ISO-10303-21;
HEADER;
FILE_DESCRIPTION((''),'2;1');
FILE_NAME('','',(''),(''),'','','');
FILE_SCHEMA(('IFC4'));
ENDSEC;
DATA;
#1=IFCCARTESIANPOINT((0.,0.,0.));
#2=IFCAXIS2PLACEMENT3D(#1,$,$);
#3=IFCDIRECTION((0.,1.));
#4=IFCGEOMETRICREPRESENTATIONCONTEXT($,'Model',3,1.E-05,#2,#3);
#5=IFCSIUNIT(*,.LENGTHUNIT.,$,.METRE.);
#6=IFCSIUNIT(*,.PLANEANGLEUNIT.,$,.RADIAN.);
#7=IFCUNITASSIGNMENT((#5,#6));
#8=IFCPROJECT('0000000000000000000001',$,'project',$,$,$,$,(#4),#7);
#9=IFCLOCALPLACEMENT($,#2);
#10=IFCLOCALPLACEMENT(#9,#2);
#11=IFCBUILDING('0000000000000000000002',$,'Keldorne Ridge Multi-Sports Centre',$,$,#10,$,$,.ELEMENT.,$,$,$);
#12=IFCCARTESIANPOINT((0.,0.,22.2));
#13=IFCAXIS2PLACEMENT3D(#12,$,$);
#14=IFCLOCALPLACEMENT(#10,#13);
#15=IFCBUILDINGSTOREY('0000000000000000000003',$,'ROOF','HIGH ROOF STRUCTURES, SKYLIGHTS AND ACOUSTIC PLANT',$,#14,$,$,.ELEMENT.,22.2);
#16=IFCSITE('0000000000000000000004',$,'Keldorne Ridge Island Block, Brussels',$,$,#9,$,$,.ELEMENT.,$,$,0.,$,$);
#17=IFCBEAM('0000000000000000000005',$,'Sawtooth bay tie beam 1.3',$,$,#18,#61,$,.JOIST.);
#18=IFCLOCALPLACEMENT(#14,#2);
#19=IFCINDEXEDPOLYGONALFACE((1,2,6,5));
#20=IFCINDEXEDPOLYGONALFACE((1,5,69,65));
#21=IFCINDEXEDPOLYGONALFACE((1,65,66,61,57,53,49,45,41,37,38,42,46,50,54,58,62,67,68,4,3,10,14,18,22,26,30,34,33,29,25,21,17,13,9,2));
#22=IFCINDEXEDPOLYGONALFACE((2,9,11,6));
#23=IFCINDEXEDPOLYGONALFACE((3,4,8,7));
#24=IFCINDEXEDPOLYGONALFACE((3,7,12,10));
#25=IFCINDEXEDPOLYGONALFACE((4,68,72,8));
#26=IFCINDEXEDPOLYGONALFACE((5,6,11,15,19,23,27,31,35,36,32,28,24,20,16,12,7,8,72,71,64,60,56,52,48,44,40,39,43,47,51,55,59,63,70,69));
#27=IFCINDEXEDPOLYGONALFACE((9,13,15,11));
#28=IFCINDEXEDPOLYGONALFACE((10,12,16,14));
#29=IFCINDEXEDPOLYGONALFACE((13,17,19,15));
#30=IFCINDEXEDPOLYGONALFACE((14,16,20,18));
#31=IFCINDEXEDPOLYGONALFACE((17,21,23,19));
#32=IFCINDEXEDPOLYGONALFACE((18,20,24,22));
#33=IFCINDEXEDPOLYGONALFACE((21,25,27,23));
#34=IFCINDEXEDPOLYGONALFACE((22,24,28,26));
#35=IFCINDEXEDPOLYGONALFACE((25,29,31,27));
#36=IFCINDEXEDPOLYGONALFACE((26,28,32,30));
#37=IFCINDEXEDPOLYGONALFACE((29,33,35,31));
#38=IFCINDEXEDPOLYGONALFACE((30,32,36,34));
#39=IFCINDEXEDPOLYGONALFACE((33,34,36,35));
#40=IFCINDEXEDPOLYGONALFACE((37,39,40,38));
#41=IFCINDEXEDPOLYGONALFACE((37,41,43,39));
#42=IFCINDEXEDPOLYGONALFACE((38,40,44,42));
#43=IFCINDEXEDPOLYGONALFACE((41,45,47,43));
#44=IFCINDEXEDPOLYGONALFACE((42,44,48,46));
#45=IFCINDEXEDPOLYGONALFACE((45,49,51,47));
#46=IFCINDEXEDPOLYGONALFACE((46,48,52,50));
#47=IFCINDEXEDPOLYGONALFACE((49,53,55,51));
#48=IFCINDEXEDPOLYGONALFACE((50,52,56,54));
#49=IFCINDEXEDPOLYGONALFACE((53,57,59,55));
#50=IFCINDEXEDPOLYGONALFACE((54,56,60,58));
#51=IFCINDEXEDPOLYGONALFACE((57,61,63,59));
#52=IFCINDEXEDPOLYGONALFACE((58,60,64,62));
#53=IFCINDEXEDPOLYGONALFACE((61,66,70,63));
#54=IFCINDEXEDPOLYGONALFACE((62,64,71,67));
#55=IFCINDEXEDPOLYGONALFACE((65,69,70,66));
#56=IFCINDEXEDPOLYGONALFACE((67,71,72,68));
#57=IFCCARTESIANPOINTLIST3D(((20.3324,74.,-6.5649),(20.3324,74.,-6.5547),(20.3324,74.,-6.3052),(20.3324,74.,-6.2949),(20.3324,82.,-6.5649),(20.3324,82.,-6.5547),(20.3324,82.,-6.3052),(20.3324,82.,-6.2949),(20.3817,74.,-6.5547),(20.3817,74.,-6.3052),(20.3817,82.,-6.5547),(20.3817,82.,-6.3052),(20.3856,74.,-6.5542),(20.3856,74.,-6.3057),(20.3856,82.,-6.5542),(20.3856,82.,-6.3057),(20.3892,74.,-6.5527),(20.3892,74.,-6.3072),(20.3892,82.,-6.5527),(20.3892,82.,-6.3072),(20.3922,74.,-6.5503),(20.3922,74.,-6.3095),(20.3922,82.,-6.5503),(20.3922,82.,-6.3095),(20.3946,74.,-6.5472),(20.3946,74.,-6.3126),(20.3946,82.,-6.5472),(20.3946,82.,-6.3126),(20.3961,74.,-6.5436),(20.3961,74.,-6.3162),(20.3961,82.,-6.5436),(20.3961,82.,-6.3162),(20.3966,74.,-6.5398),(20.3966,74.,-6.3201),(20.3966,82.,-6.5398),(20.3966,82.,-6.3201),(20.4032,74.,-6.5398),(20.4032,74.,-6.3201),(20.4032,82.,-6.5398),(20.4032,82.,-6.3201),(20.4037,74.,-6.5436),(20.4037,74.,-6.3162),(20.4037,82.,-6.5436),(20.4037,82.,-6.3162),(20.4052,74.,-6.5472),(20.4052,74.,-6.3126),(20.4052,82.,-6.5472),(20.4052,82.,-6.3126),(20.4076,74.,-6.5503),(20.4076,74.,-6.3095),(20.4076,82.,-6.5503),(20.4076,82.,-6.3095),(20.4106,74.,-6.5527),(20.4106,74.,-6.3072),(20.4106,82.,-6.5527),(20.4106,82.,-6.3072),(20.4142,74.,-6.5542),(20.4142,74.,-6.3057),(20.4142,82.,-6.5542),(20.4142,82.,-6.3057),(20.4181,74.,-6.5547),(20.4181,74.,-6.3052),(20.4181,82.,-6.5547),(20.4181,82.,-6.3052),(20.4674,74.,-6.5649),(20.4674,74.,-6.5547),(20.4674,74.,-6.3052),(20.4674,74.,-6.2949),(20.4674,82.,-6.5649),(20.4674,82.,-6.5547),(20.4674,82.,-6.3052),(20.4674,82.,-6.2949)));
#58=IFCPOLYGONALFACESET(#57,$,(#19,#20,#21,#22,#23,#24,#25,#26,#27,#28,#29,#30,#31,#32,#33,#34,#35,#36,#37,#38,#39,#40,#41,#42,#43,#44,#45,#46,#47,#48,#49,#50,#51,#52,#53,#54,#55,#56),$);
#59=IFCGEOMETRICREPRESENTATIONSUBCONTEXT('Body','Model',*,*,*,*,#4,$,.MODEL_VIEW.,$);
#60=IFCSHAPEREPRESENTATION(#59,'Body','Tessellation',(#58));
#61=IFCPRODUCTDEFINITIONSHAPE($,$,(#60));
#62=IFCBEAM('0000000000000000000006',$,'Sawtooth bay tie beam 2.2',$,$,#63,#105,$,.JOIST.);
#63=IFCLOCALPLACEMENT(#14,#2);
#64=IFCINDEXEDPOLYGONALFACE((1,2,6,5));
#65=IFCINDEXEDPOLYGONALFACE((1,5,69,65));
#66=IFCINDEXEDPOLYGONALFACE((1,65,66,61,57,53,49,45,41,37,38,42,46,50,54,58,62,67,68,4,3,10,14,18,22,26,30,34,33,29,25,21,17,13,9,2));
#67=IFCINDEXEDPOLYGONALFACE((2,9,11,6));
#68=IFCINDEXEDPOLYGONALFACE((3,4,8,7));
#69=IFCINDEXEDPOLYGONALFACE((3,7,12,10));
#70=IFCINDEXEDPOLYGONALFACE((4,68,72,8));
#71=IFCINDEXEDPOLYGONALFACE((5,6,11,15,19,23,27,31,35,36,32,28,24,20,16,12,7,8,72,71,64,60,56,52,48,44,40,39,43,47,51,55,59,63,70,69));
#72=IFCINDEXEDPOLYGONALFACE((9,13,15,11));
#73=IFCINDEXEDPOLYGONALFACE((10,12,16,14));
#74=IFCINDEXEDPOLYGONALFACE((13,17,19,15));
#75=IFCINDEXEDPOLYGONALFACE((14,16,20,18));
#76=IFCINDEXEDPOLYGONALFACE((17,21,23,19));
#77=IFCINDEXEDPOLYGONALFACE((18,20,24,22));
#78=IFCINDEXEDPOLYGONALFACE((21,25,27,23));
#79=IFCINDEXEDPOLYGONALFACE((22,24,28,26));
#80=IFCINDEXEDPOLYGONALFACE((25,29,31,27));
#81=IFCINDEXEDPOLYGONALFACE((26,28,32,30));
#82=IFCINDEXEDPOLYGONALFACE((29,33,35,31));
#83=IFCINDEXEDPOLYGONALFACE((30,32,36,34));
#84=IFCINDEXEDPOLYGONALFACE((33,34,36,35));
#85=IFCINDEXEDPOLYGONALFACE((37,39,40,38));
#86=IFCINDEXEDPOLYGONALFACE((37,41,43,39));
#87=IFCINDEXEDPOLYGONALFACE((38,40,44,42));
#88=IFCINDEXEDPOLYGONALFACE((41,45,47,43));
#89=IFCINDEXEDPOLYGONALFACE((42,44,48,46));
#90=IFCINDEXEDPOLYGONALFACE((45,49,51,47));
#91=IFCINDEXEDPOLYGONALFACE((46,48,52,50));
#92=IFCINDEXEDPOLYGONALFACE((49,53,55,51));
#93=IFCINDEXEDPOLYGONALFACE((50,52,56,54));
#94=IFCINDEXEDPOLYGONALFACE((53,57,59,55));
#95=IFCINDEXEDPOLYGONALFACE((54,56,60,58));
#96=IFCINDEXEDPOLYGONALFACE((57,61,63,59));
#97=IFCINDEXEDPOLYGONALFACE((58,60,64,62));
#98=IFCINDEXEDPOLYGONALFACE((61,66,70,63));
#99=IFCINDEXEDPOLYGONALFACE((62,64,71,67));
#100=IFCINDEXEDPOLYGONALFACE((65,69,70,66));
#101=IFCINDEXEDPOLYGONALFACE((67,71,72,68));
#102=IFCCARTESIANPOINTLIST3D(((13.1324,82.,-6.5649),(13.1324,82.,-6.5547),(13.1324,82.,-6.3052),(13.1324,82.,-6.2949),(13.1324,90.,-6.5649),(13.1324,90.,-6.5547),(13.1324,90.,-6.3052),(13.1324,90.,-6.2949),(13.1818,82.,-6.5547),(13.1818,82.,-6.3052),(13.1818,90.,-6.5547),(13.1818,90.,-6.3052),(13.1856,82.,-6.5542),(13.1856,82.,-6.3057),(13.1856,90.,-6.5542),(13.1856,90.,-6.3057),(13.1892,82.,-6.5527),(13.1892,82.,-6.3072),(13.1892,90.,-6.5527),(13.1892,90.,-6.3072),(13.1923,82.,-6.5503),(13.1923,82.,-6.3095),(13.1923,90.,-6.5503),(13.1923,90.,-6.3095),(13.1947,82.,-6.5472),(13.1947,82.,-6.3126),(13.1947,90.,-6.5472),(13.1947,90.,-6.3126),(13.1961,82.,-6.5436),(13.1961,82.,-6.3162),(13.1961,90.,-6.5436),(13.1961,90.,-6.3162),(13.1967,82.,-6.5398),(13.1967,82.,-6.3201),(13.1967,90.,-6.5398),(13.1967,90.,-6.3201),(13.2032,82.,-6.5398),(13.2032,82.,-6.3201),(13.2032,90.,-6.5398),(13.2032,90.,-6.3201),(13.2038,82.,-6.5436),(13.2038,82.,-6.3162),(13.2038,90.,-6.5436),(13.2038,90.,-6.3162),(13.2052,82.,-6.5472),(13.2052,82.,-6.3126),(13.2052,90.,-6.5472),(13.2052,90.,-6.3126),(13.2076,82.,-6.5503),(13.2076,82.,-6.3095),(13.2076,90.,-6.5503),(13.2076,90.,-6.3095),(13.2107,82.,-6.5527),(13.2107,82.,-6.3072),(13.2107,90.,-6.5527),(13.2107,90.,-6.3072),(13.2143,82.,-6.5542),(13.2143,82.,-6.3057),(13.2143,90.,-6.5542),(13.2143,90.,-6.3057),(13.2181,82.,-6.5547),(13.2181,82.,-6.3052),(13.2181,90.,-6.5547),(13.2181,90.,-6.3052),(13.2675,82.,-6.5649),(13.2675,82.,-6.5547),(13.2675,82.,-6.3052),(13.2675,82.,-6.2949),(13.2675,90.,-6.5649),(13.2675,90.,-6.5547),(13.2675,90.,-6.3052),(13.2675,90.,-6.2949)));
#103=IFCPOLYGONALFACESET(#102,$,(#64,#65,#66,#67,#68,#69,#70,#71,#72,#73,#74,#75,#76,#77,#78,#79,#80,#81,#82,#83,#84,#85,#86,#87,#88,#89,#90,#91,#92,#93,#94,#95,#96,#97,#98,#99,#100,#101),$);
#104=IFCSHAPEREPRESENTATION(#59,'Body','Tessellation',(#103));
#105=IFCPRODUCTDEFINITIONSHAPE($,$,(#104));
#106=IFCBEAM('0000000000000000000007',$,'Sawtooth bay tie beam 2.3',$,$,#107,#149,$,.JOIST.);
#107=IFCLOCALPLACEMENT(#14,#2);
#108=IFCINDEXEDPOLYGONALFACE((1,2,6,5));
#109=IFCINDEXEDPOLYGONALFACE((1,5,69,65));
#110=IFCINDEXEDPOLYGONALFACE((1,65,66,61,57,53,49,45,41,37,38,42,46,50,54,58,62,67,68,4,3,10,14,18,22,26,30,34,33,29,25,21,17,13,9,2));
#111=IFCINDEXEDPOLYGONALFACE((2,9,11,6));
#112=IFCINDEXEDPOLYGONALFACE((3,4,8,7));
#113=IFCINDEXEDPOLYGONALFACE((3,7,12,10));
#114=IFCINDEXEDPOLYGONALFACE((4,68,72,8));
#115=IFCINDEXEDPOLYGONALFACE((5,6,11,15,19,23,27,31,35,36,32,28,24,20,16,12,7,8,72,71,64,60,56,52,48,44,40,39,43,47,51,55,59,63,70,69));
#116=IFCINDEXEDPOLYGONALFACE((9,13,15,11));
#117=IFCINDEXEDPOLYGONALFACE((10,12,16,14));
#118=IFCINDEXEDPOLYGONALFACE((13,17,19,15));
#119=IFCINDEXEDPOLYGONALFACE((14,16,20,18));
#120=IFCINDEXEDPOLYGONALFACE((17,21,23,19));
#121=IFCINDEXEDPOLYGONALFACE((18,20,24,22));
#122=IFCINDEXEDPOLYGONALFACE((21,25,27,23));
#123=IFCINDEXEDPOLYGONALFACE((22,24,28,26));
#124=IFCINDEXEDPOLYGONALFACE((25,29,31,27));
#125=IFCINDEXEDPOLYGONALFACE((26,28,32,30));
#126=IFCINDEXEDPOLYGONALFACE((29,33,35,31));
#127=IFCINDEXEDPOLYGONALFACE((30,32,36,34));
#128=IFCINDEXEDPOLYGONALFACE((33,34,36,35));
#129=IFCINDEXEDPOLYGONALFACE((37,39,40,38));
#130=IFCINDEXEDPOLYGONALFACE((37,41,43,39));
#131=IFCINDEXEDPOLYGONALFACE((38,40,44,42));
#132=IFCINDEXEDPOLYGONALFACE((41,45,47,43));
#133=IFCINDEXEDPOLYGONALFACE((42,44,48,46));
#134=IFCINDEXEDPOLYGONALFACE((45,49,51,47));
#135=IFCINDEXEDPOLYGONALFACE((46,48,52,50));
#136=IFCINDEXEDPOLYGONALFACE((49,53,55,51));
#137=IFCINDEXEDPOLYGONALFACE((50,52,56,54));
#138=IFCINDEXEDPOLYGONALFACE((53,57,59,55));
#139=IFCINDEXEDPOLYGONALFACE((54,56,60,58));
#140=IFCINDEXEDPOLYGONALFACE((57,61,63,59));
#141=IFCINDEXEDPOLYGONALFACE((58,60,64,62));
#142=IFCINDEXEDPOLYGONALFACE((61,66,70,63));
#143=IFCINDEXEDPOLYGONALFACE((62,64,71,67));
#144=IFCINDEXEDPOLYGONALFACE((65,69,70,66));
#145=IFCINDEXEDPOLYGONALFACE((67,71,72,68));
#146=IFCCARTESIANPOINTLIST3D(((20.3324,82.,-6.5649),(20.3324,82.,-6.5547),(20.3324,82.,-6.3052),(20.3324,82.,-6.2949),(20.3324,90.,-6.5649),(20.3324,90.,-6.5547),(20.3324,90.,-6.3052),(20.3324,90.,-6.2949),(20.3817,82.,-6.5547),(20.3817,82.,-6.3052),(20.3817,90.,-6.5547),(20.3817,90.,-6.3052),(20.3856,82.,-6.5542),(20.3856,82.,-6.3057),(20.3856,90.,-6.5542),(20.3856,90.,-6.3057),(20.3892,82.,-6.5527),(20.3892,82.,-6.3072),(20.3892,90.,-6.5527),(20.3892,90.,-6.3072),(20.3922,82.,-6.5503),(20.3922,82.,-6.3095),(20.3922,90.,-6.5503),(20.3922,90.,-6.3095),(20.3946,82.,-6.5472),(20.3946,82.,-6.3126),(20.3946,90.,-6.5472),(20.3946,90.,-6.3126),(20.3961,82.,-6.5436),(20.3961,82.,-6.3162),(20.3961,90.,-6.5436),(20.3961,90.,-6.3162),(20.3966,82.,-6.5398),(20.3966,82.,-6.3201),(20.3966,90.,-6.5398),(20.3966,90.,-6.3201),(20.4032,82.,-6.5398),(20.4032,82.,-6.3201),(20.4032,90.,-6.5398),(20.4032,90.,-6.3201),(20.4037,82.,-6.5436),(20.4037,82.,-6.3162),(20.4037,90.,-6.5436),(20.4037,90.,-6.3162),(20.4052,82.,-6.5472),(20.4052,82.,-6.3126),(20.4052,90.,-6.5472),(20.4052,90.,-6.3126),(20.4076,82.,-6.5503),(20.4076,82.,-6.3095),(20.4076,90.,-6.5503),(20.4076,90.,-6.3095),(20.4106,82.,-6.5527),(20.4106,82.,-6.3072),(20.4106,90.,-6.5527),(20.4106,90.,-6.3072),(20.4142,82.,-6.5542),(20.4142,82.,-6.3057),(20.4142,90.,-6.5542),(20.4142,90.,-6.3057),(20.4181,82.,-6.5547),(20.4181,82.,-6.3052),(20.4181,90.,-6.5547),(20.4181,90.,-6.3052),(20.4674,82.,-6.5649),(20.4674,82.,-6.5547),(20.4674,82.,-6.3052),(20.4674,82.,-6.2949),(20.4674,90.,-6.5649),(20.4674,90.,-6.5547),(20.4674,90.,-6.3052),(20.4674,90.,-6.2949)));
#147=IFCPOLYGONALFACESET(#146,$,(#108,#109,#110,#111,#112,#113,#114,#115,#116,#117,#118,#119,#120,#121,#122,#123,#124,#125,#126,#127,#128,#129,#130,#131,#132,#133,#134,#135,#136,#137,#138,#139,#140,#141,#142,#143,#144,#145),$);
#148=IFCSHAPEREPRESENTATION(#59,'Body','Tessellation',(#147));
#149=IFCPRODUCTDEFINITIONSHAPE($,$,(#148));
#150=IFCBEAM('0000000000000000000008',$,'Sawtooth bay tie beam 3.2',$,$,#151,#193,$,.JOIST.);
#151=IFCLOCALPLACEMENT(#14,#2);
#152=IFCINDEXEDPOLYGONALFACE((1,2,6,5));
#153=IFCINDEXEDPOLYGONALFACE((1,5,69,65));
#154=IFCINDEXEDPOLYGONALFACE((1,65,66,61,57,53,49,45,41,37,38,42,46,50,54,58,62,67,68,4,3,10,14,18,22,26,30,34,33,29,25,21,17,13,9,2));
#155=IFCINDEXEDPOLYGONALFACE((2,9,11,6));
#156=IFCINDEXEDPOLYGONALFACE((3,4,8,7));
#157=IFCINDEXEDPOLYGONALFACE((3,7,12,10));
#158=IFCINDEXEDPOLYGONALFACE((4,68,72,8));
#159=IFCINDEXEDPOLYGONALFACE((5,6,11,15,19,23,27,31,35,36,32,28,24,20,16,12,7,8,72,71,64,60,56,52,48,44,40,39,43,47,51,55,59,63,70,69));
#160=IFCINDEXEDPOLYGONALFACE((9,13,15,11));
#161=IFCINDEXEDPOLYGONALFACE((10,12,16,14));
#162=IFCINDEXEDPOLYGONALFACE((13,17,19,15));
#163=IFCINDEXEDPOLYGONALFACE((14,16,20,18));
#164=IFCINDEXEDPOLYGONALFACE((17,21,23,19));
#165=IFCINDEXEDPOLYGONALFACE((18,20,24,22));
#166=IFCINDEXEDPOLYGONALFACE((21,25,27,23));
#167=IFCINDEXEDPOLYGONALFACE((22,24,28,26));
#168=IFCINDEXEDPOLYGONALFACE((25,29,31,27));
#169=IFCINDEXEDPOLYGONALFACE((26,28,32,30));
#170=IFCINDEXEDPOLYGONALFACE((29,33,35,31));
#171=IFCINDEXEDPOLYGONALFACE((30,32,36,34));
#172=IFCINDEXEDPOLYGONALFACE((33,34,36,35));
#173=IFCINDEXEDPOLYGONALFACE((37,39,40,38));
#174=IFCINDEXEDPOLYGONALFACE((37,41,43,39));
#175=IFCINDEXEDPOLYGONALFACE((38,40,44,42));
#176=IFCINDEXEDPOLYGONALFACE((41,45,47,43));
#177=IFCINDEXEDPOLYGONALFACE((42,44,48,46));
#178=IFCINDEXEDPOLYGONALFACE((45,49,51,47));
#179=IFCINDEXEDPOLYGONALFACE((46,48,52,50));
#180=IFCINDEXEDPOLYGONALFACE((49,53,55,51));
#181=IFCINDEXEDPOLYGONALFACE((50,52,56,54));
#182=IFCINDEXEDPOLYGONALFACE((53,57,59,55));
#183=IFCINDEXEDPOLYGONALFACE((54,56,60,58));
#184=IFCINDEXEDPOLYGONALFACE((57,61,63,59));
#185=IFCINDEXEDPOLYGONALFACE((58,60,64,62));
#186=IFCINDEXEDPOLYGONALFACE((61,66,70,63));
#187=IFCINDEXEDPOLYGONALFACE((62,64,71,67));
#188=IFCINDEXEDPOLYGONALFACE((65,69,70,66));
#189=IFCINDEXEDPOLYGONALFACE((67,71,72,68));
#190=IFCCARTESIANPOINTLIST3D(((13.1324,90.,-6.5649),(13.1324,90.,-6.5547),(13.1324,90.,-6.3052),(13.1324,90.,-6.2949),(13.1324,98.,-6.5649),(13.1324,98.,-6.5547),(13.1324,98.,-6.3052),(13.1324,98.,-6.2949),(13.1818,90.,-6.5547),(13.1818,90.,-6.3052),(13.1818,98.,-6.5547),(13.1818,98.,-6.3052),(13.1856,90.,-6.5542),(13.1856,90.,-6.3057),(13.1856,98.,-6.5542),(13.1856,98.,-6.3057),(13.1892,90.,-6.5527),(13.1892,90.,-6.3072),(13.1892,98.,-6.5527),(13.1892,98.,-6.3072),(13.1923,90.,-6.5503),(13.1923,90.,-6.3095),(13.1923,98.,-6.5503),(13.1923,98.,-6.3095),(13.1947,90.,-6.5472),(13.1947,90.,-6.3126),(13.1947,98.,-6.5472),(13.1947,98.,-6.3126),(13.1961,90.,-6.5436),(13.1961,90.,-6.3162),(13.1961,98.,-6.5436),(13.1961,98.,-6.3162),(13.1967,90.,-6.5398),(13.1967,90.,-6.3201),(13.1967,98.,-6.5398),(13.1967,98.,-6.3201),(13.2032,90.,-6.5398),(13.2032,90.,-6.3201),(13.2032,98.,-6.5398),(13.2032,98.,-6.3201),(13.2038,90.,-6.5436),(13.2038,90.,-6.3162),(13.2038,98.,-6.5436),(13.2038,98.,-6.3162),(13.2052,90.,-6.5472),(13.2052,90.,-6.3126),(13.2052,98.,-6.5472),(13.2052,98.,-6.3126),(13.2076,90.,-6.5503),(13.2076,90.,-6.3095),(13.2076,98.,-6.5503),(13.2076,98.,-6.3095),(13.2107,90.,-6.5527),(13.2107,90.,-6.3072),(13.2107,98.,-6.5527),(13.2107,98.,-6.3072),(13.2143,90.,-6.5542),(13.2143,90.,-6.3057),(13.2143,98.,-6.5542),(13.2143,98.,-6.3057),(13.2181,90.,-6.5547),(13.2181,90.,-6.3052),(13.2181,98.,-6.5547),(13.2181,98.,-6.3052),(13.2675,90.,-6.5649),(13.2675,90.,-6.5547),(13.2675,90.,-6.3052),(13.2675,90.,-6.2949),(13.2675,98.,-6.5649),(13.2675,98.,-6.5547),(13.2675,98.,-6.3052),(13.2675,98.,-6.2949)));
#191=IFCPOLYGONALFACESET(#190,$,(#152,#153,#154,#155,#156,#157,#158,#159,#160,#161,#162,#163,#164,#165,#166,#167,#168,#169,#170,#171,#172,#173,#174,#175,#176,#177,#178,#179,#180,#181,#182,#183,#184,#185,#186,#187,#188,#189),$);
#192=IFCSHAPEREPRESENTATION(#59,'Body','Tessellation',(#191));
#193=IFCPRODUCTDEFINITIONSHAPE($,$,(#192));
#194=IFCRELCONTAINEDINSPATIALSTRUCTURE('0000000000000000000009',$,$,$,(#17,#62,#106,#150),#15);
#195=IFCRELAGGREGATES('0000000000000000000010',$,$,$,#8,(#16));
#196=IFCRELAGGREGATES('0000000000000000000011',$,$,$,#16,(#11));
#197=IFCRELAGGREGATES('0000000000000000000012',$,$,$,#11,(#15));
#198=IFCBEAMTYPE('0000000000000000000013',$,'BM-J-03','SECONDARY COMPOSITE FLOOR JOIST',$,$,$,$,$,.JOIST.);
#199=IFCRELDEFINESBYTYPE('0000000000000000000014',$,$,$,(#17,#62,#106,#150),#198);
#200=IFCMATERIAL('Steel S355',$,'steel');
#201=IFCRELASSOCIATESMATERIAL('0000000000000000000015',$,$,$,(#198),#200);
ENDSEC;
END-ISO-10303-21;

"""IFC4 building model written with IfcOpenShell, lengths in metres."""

from ifc_helpers import new_model, si_unit, direction, frame, origin, origin_2d, place, context, subcontext, project, spatial, i_section, extrude, material, material_profile, profile_set, type_object, element, save


model = new_model("IFC4")

# Units and contexts
model_context = context("Model", 3, precision=1e-05, world=origin(), true_north=direction((0.0, 1.0)))
body_context = subcontext(model_context, "Body", "Model", "MODEL_VIEW")
ifc_project = project(units=[si_unit("LENGTHUNIT", "METRE"), si_unit("PLANEANGLEUNIT", "RADIAN")], contexts=[model_context])

# Site, building, storey
site_placement = place(None, origin())
site = spatial("IfcSite", under=ifc_project, at=site_placement, Name="Keldorne Ridge Island Block, Brussels", CompositionType="ELEMENT", RefElevation=0.0)
building_placement = place(site_placement, origin())
building = spatial("IfcBuilding", under=site, at=building_placement, Name="Keldorne Ridge Multi-Sports Centre", CompositionType="ELEMENT")
storey_placement = place(building_placement, frame((0.0, 0.0, 22.2)))
storey = spatial("IfcBuildingStorey", under=building, at=storey_placement, Name="ROOF", Description="HIGH ROOF STRUCTURES, SKYLIGHTS AND ACOUSTIC PLANT", CompositionType="ELEMENT", Elevation=22.2)

# Beams
ifc_material_1 = material(Name="Steel S355", Category="steel")
ifc_material_profile_1 = material_profile(ifc_material_1, i_section(OverallWidth=0.135, OverallDepth=0.27, WebThickness=0.0066, FlangeThickness=0.0103, FilletRadius=0.0149, at=origin_2d()), Name="IPE 270")
ifc_profile_set_1 = profile_set([ifc_material_profile_1], Name="Steel S355")
beam_type_1 = type_object("IfcBeamType", Name="BM-J-03", Description="SECONDARY COMPOSITE FLOOR JOIST", PredefinedType="JOIST", material=ifc_profile_set_1)
for number, where, z_axis, x_axis, name in (
    (1, (20.3999, 74.0, -6.4299), (0.0, 1.0, 0.0), (-1.0, 0.0, 0.0), "Sawtooth bay tie beam 1.3"),
    (2, (13.2, 82.0, -6.4299), (0.0, 1.0, 0.0), (-1.0, 0.0, 0.0), "Sawtooth bay tie beam 2.2"),
    (3, (20.3999, 82.0, -6.4299), (0.0, 1.0, 0.0), (-1.0, 0.0, 0.0), "Sawtooth bay tie beam 2.3"),
    (4, (13.2, 90.0, -6.4299), (0.0, 1.0, 0.0), (-1.0, 0.0, 0.0), "Sawtooth bay tie beam 3.2"),
):
    element("IfcBeam", number, at=place(storey_placement, frame(where, z_axis=z_axis, x_axis=x_axis)), inside=storey, type_object=beam_type_1, Name=name, PredefinedType="JOIST", context=body_context, shape_type="SweptSolid", body=[
        extrude(i_section(OverallWidth=0.135, OverallDepth=0.27, WebThickness=0.0066, FlangeThickness=0.0103, FilletRadius=0.0149, at=origin_2d()), origin(), (0.0, 0.0, 1.0), 8.0),
    ])

save(model, "model.ifc")
